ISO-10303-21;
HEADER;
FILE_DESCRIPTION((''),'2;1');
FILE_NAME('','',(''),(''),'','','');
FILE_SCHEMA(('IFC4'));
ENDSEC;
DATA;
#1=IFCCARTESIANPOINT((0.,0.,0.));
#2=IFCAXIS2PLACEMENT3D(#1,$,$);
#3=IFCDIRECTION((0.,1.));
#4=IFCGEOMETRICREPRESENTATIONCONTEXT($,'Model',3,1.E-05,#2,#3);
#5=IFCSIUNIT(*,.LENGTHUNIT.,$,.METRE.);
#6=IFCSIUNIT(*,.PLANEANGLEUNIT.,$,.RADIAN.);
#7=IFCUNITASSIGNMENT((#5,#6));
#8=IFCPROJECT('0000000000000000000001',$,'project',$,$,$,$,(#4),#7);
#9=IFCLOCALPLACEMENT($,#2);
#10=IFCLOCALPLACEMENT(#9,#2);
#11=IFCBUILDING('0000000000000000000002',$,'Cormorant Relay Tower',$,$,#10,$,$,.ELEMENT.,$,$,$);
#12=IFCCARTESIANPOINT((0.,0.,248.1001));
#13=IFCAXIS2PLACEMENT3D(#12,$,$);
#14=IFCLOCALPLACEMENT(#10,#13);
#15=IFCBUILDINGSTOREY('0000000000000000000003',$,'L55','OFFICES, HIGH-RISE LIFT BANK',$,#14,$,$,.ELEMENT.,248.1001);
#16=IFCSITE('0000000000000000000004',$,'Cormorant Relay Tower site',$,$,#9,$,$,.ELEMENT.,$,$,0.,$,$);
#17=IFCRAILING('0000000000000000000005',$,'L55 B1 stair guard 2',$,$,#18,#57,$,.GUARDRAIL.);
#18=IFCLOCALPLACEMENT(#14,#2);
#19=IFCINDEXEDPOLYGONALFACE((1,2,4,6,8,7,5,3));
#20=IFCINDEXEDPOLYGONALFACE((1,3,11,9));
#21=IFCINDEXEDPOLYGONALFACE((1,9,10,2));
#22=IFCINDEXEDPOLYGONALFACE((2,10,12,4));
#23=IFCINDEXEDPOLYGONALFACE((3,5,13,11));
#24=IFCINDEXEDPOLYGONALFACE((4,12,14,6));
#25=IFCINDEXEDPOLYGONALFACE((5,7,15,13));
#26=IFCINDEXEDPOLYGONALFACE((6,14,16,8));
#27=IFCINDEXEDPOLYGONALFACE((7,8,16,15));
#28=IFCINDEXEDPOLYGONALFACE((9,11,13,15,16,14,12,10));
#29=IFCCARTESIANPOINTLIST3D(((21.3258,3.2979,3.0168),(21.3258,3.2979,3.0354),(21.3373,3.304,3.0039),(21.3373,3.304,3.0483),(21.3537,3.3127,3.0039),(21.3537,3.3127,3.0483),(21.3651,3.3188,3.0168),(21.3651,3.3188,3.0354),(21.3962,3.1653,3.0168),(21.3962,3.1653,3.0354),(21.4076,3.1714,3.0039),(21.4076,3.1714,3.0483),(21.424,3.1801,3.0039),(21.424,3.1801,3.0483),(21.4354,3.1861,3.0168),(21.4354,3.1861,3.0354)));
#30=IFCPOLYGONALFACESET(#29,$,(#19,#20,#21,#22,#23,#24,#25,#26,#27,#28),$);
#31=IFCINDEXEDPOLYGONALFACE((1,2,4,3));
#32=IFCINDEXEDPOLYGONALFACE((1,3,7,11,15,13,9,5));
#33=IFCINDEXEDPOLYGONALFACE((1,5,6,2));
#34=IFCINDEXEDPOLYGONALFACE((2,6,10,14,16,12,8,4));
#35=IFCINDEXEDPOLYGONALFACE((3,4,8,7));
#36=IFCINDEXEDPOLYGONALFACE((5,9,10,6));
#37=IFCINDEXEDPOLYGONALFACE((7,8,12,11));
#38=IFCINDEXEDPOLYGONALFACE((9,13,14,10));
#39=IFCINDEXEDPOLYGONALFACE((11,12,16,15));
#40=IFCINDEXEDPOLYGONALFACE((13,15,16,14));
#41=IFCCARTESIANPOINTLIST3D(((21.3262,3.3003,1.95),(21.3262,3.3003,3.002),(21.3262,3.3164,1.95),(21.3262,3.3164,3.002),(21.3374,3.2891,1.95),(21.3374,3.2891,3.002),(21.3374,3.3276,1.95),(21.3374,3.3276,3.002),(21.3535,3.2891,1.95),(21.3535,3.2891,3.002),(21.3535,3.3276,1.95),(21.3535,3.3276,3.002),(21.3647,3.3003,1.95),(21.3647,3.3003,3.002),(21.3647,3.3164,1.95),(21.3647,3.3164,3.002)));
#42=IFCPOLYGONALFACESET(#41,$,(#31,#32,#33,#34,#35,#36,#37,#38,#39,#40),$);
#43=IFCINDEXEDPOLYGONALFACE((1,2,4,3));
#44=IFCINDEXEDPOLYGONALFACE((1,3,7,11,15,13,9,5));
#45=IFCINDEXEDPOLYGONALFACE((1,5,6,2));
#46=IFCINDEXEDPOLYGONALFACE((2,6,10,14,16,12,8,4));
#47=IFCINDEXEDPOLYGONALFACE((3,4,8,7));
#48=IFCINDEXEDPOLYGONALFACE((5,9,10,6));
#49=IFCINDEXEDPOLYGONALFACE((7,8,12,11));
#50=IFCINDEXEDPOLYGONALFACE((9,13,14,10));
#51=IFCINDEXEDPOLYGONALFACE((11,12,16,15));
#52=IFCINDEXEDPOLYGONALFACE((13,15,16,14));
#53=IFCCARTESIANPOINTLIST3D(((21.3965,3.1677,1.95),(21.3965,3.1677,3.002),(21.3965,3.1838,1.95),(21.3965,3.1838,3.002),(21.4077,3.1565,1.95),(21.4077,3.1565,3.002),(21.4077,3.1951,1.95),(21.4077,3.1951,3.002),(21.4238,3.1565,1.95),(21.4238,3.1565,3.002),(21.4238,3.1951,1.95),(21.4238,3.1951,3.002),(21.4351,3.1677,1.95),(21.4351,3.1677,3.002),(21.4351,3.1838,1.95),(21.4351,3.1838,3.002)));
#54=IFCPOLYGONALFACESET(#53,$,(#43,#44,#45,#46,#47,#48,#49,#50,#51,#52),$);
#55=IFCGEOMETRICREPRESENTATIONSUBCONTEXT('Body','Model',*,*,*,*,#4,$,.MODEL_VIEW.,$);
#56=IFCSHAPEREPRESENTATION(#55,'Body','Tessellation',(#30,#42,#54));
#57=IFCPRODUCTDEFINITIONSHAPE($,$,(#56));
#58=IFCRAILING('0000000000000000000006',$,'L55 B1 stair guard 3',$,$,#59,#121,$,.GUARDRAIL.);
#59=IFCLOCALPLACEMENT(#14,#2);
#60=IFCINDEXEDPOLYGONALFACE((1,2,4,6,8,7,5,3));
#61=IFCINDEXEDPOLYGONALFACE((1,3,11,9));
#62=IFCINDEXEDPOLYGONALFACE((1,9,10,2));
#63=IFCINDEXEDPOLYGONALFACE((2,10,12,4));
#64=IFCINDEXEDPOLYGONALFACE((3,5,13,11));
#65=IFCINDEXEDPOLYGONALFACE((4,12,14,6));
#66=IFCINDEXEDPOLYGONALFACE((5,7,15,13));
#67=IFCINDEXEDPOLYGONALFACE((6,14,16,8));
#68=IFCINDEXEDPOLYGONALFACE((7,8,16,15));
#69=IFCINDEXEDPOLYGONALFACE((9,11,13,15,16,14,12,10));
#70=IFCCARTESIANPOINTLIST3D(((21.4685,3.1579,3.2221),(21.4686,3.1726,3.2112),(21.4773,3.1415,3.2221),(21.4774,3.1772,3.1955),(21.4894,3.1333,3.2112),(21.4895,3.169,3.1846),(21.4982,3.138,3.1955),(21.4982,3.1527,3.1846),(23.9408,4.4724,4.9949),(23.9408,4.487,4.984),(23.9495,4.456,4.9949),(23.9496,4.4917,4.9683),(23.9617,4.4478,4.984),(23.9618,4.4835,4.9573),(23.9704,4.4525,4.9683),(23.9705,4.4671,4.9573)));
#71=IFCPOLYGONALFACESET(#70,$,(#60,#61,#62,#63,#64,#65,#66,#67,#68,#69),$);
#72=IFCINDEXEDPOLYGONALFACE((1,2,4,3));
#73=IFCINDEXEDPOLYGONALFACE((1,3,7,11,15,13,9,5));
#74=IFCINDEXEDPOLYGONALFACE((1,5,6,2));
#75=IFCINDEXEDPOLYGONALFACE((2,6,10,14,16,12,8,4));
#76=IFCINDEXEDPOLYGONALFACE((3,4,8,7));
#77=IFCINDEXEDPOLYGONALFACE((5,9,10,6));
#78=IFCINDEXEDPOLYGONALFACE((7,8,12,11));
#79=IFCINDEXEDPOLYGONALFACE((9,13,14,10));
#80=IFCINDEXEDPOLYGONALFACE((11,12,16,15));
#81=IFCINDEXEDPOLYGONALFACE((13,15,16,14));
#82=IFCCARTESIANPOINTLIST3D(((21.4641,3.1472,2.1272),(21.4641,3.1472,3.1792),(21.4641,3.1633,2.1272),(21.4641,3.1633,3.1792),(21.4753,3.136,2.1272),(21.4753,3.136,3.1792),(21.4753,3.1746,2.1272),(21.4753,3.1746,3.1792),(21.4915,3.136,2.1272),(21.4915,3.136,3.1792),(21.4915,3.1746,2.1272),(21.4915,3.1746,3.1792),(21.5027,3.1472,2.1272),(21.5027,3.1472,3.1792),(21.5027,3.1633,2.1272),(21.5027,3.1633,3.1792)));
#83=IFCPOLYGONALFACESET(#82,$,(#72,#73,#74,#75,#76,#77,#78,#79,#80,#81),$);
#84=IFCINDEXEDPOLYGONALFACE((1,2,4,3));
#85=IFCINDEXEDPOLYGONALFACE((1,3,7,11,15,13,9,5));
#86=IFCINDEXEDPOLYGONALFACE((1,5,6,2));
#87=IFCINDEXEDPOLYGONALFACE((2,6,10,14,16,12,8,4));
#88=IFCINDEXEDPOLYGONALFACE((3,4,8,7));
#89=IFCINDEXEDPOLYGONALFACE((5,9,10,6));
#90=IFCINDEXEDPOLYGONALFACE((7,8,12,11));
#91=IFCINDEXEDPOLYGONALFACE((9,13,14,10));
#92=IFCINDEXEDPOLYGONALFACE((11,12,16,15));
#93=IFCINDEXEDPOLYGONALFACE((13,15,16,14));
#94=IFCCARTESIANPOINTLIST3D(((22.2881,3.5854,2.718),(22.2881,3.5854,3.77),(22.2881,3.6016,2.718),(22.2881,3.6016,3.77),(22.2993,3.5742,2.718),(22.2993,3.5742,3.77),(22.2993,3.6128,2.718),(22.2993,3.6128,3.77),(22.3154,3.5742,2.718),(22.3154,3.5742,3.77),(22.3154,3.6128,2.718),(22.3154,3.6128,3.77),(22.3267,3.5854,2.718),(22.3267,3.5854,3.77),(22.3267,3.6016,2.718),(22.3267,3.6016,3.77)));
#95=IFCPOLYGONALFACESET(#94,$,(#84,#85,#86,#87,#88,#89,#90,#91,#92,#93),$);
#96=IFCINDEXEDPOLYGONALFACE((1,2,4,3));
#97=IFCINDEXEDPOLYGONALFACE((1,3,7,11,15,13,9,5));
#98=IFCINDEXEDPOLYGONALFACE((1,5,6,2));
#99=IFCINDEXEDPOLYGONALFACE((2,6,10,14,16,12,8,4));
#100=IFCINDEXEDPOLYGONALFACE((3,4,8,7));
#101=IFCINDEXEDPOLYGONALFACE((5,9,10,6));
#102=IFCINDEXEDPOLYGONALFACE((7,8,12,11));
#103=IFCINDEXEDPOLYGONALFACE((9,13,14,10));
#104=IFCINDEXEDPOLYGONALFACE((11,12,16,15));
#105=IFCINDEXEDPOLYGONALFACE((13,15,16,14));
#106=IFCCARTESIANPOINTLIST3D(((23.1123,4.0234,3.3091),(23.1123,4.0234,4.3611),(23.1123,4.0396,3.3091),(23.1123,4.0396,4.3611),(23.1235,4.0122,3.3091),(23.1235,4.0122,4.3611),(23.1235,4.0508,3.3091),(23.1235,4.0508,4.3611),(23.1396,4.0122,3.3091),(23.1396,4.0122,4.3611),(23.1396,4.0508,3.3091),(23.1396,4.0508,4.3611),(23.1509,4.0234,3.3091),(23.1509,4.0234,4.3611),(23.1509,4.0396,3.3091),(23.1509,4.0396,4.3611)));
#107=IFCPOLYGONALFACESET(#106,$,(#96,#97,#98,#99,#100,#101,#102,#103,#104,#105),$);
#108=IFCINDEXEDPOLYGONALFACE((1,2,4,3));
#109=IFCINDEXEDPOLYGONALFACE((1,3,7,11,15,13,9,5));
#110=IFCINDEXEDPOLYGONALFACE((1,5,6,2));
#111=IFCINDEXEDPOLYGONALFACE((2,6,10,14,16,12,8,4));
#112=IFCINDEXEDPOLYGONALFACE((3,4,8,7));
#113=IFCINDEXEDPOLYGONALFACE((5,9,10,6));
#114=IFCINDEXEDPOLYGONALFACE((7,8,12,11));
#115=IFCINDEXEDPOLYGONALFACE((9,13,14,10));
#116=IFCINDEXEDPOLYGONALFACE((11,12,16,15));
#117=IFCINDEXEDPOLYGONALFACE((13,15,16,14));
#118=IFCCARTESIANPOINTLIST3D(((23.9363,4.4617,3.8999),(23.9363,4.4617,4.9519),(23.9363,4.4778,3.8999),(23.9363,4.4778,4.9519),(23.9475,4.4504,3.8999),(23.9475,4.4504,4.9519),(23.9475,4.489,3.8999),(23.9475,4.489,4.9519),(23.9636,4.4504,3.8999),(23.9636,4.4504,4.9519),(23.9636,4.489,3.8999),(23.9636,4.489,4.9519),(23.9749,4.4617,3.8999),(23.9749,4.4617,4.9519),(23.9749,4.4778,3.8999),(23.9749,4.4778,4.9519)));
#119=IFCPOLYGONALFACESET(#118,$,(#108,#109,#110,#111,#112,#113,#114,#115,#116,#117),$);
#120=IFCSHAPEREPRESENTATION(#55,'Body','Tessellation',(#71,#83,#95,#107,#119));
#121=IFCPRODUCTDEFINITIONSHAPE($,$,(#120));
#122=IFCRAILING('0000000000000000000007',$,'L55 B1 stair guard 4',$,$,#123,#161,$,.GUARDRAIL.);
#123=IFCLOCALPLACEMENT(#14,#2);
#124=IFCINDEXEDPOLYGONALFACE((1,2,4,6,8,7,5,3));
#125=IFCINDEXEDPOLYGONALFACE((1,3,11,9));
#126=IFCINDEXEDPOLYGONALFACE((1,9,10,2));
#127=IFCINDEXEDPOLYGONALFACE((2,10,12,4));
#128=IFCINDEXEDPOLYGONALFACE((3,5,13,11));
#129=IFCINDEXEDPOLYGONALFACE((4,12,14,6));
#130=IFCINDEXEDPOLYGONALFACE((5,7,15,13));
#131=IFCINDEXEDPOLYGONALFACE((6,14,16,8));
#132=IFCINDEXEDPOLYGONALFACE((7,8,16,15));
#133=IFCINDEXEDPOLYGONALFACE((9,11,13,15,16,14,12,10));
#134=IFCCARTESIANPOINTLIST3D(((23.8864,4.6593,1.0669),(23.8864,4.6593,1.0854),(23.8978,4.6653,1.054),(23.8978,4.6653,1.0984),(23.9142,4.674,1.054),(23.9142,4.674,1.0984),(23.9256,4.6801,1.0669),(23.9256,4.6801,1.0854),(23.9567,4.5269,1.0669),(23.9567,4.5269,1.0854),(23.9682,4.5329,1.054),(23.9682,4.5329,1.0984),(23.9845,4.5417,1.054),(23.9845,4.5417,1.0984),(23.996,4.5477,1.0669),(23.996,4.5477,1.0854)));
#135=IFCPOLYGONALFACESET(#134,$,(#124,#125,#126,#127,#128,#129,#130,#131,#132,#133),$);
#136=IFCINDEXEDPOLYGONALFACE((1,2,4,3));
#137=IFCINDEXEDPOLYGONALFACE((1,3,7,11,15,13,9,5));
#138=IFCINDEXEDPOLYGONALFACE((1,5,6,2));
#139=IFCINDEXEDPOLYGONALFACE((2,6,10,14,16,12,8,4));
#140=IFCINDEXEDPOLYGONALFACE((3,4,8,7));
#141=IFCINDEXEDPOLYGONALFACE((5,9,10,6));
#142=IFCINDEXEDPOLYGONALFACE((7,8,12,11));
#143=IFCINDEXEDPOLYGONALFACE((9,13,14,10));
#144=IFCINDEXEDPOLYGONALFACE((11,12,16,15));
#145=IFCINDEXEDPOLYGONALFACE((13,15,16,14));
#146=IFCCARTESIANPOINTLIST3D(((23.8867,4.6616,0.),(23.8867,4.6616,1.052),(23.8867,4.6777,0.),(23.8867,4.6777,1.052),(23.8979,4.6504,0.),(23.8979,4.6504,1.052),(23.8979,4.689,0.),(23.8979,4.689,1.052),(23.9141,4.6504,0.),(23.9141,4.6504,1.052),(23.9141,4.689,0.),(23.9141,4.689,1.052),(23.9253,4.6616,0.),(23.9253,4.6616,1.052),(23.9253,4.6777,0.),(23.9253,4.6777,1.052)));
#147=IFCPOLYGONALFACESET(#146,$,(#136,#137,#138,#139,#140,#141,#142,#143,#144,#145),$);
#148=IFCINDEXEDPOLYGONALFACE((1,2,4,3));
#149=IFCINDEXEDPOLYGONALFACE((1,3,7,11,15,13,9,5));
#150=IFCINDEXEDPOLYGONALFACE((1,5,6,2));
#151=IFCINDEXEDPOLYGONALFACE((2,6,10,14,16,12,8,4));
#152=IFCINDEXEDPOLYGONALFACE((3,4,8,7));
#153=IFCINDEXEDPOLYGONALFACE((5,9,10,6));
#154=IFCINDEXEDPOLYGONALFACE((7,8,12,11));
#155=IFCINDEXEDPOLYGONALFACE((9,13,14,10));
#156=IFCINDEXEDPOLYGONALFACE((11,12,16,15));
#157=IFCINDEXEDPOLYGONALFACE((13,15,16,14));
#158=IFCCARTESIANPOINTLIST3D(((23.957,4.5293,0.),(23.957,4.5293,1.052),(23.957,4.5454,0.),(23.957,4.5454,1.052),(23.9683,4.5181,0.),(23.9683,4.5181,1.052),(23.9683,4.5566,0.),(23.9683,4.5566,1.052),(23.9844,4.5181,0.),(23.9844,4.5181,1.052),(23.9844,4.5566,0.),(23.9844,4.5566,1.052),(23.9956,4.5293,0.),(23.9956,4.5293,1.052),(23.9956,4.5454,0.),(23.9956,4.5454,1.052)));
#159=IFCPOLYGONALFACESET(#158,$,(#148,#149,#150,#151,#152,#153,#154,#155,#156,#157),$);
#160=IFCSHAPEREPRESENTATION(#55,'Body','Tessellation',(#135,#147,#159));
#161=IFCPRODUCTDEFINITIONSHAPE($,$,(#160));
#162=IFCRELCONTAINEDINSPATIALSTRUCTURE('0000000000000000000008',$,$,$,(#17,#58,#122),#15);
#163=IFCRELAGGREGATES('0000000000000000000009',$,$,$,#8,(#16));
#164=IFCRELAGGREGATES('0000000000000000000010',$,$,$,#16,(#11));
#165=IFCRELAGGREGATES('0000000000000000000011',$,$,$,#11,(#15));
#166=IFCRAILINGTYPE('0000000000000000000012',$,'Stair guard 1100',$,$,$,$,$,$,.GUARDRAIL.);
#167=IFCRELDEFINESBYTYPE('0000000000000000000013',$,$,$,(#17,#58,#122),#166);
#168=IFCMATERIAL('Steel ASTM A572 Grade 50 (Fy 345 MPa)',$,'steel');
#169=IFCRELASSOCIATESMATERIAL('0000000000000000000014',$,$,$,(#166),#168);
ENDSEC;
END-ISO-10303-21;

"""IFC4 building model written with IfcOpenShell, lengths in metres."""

from ifc_helpers import new_model, si_unit, direction, frame, origin, place, context, subcontext, project, spatial, polyline, outline, extrude, material, type_object, element, save


model = new_model("IFC4")

# Units and contexts
model_context = context("Model", 3, precision=1e-05, world=origin(), true_north=direction((0.0, 1.0)))
body_context = subcontext(model_context, "Body", "Model", "MODEL_VIEW")
ifc_project = project(units=[si_unit("LENGTHUNIT", "METRE"), si_unit("PLANEANGLEUNIT", "RADIAN")], contexts=[model_context])

# Site, building, storey
site_placement = place(None, origin())
site = spatial("IfcSite", under=ifc_project, at=site_placement, Name="Cormorant Relay Tower site", CompositionType="ELEMENT", RefElevation=0.0)
building_placement = place(site_placement, origin())
building = spatial("IfcBuilding", under=site, at=building_placement, Name="Cormorant Relay Tower", CompositionType="ELEMENT")
storey_placement = place(building_placement, frame((0.0, 0.0, 248.1001)))
storey = spatial("IfcBuildingStorey", under=building, at=storey_placement, Name="L55", Description="OFFICES, HIGH-RISE LIFT BANK", CompositionType="ELEMENT", Elevation=248.1001)

# Railings
ifc_material_1 = material(Name="Steel ASTM A572 Grade 50 (Fy 345 MPa)", Category="steel")
railing_type_1 = type_object("IfcRailingType", Name="Stair guard 1100", PredefinedType="GUARDRAIL", material=ifc_material_1)
railing_1_placement = place(storey_placement, frame((21.3455, 3.3083, 1.95)))
element("IfcRailing", 1, at=railing_1_placement, inside=storey, type_object=railing_type_1, Name="L55 B1 stair guard 2", PredefinedType="GUARDRAIL", context=body_context, shape_type="SweptSolid", body=[
    extrude(outline(polyline([(0.0222, 0.0093), (0.0093, 0.0222), (-0.0093, 0.0222), (-0.0222, 0.0093), (-0.0222, -0.0093), (-0.0093, -0.0222), (0.0093, -0.0222), (0.0222, -0.0093), (0.0222, 0.0093)])), frame((0.0, 0.0, 1.0762), z_axis=(0.46856, -0.883431, 0.0), x_axis=(0.883431, 0.46856, 0.0)), (0.0, 0.0, 1.0), 0.1501),
    extrude(outline(polyline([(0.0193, 0.0081), (0.0081, 0.0193), (-0.0081, 0.0193), (-0.0193, 0.0081), (-0.0193, -0.0081), (-0.0081, -0.0193), (0.0081, -0.0193), (0.0193, -0.0081), (0.0193, 0.0081)])), origin(), (0.0, 0.0, 1.0), 1.052),
    extrude(outline(polyline([(0.0193, 0.0081), (0.0081, 0.0193), (-0.0081, 0.0193), (-0.0193, 0.0081), (-0.0193, -0.0081), (-0.0081, -0.0193), (0.0081, -0.0193), (0.0193, -0.0081), (0.0193, 0.0081)])), frame((0.0703, -0.1326, 0.0)), (0.0, 0.0, 1.0), 1.052),
])
railing_2_placement = place(storey_placement, frame((21.4834, 3.1553, 2.1272)))
element("IfcRailing", 2, at=railing_2_placement, inside=storey, type_object=railing_type_1, Name="L55 B1 stair guard 3", PredefinedType="GUARDRAIL", context=body_context, shape_type="SweptSolid", body=[
    extrude(outline(polyline([(0.0222, 0.0093), (0.0093, 0.0222), (-0.0093, 0.0222), (-0.0222, 0.0093), (-0.0222, -0.0093), (-0.0093, -0.0222), (0.0093, -0.0222), (0.0222, -0.0093), (0.0222, 0.0093)])), frame((0.0, 0.0, 1.0762), z_axis=(0.746001, 0.396649, 0.534931), x_axis=(-0.469465, 0.882951, 0.0)), (0.0, 0.0, 1.0), 3.314),
    extrude(outline(polyline([(0.0193, 0.0081), (0.0081, 0.0193), (-0.0081, 0.0193), (-0.0193, 0.0081), (-0.0193, -0.0081), (-0.0081, -0.0193), (0.0081, -0.0193), (0.0193, -0.0081), (0.0193, 0.0081)])), origin(), (0.0, 0.0, 1.0), 1.052),
    extrude(outline(polyline([(0.0193, 0.0081), (0.0081, 0.0193), (-0.0081, 0.0193), (-0.0193, 0.0081), (-0.0193, -0.0081), (-0.0081, -0.0193), (0.0081, -0.0193), (0.0193, -0.0081), (0.0193, 0.0081)])), frame((0.824, 0.4382, 0.5908)), (0.0, 0.0, 1.0), 1.052),
    extrude(outline(polyline([(0.0193, 0.0081), (0.0081, 0.0193), (-0.0081, 0.0193), (-0.0193, 0.0081), (-0.0193, -0.0081), (-0.0081, -0.0193), (0.0081, -0.0193), (0.0193, -0.0081), (0.0193, 0.0081)])), frame((1.6482, 0.8762, 1.1819)), (0.0, 0.0, 1.0), 1.052),
    extrude(outline(polyline([(0.0193, 0.0081), (0.0081, 0.0193), (-0.0081, 0.0193), (-0.0193, 0.0081), (-0.0193, -0.0081), (-0.0081, -0.0193), (0.0081, -0.0193), (0.0193, -0.0081), (0.0193, 0.0081)])), frame((2.4722, 1.3145, 1.7727)), (0.0, 0.0, 1.0), 1.052),
])
railing_3_placement = place(storey_placement, frame((23.906, 4.6697, 0.0)))
element("IfcRailing", 3, at=railing_3_placement, inside=storey, type_object=railing_type_1, Name="L55 B1 stair guard 4", PredefinedType="GUARDRAIL", context=body_context, shape_type="SweptSolid", body=[
    extrude(outline(polyline([(0.0222, 0.0093), (0.0093, 0.0222), (-0.0093, 0.0222), (-0.0222, 0.0093), (-0.0222, -0.0093), (-0.0093, -0.0222), (0.0093, -0.0222), (0.0222, -0.0093), (0.0222, 0.0093)])), frame((0.0, 0.0, 1.0762), z_axis=(0.469235, -0.883074, 0.0), x_axis=(0.883074, 0.469235, 0.0)), (0.0, 0.0, 1.0), 0.1499),
    extrude(outline(polyline([(0.0193, 0.0081), (0.0081, 0.0193), (-0.0081, 0.0193), (-0.0193, 0.0081), (-0.0193, -0.0081), (-0.0081, -0.0193), (0.0081, -0.0193), (0.0193, -0.0081), (0.0193, 0.0081)])), origin(), (0.0, 0.0, 1.0), 1.052),
    extrude(outline(polyline([(0.0193, 0.0081), (0.0081, 0.0193), (-0.0081, 0.0193), (-0.0193, 0.0081), (-0.0193, -0.0081), (-0.0081, -0.0193), (0.0081, -0.0193), (0.0193, -0.0081), (0.0193, 0.0081)])), frame((0.0703, -0.1323, 0.0)), (0.0, 0.0, 1.0), 1.052),
])

save(model, "model.ifc")
